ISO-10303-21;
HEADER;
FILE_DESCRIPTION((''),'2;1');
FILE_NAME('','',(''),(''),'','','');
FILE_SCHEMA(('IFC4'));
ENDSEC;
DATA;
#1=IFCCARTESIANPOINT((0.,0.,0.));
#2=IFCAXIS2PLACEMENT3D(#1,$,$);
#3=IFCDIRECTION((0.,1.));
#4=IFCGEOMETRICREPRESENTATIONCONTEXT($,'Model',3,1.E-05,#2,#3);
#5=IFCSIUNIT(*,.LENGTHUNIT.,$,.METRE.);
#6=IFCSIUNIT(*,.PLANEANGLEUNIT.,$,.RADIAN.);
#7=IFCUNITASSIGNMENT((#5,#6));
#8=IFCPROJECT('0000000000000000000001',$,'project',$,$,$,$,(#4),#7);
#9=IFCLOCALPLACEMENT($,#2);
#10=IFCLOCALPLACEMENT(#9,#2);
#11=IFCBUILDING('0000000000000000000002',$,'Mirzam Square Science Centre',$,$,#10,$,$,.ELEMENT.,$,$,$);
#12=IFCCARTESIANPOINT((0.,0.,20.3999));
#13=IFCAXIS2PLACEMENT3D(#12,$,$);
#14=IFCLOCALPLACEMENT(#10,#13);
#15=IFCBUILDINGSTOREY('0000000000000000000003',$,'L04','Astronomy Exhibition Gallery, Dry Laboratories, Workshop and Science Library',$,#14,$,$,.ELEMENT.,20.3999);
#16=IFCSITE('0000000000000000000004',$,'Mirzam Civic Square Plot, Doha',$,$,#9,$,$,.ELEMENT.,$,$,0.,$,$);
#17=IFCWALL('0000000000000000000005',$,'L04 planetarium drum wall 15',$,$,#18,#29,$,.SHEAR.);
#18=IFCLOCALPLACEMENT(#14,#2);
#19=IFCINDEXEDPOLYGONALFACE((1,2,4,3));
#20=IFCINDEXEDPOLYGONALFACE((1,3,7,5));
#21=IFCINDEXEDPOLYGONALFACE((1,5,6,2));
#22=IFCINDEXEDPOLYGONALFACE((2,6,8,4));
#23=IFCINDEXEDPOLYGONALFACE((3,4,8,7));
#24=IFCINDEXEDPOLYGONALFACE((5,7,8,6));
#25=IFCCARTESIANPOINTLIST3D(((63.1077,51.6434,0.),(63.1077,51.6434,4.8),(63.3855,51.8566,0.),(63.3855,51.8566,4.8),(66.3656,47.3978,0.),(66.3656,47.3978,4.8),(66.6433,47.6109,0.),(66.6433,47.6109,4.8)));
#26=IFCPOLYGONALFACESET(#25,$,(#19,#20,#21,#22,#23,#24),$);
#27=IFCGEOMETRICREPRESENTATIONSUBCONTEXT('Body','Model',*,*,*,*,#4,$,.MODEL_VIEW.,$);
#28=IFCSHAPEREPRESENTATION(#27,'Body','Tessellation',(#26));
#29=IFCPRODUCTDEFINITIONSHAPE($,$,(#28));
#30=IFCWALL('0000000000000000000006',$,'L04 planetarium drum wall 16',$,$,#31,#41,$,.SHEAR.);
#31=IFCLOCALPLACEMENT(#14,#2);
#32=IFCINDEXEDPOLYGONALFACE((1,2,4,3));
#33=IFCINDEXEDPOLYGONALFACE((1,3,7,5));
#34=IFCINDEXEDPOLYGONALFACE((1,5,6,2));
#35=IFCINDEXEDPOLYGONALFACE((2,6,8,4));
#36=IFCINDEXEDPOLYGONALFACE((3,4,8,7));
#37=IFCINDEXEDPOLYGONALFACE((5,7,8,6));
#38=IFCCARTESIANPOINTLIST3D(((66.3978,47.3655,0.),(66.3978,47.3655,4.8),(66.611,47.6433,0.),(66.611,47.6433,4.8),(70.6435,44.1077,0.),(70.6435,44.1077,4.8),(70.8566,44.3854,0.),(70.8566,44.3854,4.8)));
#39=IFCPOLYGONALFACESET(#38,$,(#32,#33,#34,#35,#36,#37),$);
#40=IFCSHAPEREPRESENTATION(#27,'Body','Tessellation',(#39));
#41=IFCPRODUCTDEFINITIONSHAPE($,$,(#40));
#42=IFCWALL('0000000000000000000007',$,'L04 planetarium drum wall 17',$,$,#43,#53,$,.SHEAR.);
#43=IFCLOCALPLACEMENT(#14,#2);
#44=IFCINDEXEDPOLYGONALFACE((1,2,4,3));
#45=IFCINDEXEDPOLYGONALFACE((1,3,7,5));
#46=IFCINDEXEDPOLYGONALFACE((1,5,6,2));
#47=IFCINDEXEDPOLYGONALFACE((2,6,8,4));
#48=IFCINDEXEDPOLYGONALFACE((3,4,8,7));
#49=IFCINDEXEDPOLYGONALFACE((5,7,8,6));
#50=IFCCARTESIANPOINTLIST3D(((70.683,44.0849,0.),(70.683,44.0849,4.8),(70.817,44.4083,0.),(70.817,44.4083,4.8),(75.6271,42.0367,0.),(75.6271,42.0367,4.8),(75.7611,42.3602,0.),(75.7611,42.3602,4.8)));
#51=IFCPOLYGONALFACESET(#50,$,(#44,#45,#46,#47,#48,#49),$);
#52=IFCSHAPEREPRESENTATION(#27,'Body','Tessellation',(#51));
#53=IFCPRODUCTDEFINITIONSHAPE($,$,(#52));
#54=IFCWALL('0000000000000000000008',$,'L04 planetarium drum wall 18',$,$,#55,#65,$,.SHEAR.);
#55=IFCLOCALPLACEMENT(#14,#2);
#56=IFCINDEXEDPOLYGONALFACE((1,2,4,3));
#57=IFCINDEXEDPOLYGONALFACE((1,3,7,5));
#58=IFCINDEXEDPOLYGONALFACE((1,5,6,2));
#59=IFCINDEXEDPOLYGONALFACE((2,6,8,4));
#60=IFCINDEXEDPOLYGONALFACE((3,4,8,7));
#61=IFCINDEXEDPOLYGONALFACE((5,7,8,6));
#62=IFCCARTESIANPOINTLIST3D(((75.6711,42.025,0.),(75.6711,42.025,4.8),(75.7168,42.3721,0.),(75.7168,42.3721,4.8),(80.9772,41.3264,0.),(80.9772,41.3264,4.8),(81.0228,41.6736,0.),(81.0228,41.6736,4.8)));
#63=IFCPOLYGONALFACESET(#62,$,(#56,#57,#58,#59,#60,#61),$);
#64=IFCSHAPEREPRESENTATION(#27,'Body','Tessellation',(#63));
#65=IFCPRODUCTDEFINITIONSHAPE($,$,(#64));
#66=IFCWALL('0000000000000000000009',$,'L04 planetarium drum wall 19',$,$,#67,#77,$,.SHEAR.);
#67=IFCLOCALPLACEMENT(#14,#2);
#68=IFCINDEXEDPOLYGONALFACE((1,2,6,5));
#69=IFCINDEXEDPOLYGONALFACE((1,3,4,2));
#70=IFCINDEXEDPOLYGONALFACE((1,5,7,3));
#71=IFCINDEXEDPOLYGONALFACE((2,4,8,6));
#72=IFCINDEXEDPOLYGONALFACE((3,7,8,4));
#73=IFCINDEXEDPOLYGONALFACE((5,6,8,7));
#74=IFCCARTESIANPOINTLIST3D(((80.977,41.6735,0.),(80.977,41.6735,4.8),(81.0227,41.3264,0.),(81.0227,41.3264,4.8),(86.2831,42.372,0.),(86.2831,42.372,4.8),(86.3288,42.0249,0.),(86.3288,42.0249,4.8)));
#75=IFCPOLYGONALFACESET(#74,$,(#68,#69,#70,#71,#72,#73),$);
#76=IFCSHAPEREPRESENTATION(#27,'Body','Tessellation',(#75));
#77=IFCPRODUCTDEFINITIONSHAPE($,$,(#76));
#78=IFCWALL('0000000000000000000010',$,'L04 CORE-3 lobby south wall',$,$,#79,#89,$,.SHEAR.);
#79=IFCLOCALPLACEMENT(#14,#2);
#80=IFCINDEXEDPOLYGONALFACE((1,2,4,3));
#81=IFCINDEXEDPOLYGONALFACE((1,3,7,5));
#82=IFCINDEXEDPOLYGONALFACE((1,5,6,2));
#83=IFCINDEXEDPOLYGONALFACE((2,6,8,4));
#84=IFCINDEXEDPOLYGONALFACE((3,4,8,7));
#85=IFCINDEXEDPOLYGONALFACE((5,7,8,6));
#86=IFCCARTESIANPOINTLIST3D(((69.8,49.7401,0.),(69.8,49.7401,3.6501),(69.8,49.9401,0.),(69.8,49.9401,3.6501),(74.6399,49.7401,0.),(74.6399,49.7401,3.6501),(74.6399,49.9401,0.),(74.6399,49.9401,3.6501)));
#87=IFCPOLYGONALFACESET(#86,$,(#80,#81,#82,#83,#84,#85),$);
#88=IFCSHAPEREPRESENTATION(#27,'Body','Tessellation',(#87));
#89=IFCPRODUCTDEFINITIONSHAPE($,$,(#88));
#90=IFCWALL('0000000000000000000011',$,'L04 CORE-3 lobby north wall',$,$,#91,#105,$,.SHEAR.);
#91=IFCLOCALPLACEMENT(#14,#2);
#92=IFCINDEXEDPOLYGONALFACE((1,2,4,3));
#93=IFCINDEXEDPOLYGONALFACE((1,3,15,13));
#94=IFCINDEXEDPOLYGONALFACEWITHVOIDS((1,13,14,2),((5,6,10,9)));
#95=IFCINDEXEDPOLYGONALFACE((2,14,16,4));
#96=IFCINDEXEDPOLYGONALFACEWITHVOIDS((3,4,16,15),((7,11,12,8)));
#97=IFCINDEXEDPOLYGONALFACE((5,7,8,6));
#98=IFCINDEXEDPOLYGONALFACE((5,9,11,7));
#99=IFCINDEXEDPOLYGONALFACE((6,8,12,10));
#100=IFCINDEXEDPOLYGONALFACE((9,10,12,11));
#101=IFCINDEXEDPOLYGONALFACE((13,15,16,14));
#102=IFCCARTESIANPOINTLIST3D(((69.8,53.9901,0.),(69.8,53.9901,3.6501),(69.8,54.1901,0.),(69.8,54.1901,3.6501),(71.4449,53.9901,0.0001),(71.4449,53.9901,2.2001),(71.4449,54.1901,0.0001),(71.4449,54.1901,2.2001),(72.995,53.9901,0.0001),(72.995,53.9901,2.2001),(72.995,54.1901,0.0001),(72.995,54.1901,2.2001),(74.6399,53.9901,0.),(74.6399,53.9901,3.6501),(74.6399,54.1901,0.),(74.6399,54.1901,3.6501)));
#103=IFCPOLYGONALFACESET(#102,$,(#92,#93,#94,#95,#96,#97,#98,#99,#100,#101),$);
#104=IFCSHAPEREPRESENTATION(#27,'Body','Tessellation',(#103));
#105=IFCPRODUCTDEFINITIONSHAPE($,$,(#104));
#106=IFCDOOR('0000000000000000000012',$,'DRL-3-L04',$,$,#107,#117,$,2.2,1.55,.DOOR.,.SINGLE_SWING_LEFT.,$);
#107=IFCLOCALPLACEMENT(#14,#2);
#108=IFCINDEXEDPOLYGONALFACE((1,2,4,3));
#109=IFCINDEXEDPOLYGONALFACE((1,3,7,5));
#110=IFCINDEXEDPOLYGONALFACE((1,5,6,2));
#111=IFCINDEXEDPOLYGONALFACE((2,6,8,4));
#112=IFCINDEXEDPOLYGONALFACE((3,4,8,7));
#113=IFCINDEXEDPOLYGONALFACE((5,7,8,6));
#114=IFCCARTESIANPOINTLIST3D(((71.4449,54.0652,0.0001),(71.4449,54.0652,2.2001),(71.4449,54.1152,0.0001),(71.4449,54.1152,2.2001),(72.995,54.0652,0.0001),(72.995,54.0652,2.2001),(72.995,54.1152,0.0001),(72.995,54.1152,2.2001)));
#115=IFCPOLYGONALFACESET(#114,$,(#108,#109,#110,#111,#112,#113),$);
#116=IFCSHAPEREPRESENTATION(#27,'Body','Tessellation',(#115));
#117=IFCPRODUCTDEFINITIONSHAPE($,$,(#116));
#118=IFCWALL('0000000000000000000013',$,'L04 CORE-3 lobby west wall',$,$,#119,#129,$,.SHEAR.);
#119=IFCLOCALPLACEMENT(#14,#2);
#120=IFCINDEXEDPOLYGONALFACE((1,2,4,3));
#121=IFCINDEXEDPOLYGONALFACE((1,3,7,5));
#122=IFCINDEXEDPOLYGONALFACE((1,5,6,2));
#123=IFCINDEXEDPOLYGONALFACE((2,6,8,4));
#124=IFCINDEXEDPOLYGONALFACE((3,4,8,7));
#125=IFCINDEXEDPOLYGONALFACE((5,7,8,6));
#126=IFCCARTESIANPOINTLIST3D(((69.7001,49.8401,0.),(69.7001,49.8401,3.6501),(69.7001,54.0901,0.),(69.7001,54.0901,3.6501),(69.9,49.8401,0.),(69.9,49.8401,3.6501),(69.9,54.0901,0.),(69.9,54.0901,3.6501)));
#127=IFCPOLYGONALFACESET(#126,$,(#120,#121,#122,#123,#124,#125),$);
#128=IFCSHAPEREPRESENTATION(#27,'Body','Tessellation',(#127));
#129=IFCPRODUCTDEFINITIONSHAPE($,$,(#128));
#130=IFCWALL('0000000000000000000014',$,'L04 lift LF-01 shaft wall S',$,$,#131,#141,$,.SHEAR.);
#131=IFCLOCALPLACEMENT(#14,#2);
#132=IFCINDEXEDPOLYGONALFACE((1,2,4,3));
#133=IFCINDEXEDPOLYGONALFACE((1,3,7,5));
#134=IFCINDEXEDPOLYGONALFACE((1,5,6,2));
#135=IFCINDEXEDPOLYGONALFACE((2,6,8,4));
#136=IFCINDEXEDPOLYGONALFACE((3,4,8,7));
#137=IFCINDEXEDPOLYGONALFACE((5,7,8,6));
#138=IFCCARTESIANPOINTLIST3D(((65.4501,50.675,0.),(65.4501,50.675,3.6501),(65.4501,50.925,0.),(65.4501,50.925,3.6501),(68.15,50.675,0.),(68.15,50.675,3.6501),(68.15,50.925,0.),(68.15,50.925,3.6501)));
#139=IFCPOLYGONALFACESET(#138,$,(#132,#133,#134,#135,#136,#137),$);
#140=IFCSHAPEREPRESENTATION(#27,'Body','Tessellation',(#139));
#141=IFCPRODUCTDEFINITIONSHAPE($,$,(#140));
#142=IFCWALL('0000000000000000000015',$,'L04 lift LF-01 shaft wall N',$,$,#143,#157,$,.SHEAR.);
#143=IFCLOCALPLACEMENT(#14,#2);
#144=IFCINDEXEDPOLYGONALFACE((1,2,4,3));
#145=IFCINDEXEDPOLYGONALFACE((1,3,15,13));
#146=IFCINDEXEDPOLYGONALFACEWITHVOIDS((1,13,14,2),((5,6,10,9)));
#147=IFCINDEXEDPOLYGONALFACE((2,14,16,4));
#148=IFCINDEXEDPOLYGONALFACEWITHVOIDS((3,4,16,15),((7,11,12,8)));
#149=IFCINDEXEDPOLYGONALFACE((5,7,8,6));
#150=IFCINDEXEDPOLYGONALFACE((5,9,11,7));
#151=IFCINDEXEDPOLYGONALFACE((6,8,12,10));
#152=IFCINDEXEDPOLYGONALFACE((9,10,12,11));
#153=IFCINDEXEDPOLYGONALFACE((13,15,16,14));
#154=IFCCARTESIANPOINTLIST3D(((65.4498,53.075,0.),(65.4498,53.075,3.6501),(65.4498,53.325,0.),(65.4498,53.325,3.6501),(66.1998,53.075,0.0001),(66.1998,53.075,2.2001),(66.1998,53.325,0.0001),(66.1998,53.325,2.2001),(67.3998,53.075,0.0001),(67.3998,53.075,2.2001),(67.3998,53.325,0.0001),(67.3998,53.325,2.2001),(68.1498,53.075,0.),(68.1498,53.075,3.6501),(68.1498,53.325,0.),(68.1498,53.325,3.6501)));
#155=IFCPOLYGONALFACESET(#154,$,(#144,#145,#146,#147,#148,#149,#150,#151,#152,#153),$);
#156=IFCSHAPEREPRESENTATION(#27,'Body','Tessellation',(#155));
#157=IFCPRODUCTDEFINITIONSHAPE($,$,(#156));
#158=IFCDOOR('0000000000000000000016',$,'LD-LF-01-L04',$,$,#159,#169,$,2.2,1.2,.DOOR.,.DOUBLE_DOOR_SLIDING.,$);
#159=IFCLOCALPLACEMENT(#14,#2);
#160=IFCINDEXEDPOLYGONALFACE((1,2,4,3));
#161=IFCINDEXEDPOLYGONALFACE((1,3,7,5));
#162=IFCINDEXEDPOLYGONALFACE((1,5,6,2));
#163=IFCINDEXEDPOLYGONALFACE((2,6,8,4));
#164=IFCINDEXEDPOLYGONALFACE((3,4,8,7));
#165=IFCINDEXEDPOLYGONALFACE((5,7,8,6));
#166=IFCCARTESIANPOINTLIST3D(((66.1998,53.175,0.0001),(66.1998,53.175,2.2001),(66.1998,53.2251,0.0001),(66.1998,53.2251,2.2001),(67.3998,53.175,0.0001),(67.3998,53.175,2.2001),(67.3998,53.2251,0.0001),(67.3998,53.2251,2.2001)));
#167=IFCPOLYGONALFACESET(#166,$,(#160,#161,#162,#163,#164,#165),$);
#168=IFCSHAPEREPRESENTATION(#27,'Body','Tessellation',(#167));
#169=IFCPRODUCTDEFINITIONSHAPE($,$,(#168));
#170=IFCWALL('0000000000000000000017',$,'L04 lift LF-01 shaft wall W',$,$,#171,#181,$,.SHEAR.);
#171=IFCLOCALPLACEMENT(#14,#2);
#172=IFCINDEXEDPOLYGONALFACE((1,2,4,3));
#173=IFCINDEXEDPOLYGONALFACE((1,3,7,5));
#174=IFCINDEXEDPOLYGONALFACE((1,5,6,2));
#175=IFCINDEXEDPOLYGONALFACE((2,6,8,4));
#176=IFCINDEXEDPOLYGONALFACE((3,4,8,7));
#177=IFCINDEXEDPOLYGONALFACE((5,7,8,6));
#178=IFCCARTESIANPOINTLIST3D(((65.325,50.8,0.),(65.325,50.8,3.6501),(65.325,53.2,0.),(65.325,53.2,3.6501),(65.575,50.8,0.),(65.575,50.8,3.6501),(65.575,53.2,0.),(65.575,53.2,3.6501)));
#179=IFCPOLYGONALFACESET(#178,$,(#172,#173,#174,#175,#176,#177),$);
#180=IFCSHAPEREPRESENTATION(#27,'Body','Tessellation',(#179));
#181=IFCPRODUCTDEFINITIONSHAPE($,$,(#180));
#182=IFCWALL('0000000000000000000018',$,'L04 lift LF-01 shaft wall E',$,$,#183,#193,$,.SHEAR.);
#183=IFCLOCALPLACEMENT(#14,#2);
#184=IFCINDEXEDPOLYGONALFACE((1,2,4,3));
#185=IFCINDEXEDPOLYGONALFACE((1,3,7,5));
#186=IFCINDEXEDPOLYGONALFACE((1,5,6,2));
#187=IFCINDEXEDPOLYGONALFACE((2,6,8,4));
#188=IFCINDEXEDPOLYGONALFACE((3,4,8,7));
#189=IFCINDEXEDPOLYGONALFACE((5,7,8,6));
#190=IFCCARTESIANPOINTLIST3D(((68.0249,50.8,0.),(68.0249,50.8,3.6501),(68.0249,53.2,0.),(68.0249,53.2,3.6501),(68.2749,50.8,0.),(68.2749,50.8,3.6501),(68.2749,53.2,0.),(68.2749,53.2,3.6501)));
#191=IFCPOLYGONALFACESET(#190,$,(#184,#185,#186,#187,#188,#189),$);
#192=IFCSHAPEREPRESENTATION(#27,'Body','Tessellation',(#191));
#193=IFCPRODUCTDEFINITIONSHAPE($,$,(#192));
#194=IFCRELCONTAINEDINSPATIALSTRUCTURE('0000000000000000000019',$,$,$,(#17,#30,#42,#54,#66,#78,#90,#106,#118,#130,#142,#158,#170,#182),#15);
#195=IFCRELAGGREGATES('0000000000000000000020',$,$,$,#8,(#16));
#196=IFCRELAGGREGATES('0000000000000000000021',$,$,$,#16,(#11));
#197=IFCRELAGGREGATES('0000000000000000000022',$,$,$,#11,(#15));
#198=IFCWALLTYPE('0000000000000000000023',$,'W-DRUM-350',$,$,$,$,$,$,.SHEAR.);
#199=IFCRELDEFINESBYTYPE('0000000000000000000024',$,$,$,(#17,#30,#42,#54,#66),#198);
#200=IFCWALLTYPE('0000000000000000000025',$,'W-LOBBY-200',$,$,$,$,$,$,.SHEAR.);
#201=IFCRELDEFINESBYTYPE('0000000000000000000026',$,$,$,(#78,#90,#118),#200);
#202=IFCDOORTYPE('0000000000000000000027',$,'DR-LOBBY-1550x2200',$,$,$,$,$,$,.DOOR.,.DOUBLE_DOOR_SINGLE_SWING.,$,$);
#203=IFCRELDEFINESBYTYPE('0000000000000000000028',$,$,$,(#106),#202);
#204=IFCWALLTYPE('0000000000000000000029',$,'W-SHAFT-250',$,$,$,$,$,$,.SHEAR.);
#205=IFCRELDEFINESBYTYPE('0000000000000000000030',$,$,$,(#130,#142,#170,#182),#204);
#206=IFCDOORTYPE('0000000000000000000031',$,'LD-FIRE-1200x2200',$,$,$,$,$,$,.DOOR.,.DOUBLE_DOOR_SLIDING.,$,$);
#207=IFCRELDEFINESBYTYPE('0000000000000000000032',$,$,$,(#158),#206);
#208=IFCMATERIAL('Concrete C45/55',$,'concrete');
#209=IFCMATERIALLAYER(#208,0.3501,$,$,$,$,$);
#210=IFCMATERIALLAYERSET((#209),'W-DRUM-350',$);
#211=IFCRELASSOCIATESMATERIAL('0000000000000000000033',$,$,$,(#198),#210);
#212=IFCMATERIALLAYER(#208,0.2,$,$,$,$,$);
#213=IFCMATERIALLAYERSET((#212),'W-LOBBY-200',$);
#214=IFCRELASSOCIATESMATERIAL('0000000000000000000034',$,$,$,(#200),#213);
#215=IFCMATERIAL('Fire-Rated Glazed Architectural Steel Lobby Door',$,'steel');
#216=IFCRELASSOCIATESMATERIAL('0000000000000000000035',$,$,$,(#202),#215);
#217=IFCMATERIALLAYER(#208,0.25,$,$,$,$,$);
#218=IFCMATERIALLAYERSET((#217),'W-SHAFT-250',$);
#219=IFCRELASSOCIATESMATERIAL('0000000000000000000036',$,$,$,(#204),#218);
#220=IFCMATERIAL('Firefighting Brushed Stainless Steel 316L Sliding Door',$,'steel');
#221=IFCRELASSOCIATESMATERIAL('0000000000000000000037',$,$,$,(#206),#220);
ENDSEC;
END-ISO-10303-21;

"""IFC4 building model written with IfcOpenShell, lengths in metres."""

from ifc_helpers import new_model, si_unit, direction, frame, frame_2d, origin, place, context, subcontext, project, spatial, rectangle, extrude, material, layer, layer_set, type_object, element, fill, save


model = new_model("IFC4")

# Units and contexts
model_context = context("Model", 3, precision=1e-05, world=origin(), true_north=direction((0.0, 1.0)))
body_context = subcontext(model_context, "Body", "Model", "MODEL_VIEW")
ifc_project = project(units=[si_unit("LENGTHUNIT", "METRE"), si_unit("PLANEANGLEUNIT", "RADIAN")], contexts=[model_context])

# Site, building, storey
site_placement = place(None, origin())
site = spatial("IfcSite", under=ifc_project, at=site_placement, Name="Mirzam Civic Square Plot, Doha", CompositionType="ELEMENT", RefElevation=0.0)
building_placement = place(site_placement, origin())
building = spatial("IfcBuilding", under=site, at=building_placement, Name="Mirzam Square Science Centre", CompositionType="ELEMENT")
storey_placement = place(building_placement, frame((0.0, 0.0, 20.3999)))
storey = spatial("IfcBuildingStorey", under=building, at=storey_placement, Name="L04", Description="Astronomy Exhibition Gallery, Dry Laboratories, Workshop and Science Library", CompositionType="ELEMENT", Elevation=20.3999)

# Shared definitions
ifc_material_1 = material(Name="Concrete C45/55", Category="concrete")

# Walls
ifc_layer_1 = layer(ifc_material_1, 0.3501)
ifc_layer_set_1 = layer_set([ifc_layer_1], Name="W-DRUM-350")
wall_type_1 = type_object("IfcWallType", Name="W-DRUM-350", PredefinedType="SHEAR", material=ifc_layer_set_1)
for number, where, z_axis, x_axis, name in (
    (1, (63.2466, 51.75, 0.0), (0.0, 0.0, 1.0), (0.608767, -0.793349, 0.0), "L04 planetarium drum wall 15"),
    (2, (66.5044, 47.5044, 0.0), (0.0, 0.0, 1.0), (0.793349, -0.608767, 0.0), "L04 planetarium drum wall 16"),
    (3, (70.75, 44.2466, 0.0), (0.0, 0.0, 1.0), (0.923867, -0.382713, 0.0), "L04 planetarium drum wall 17"),
):
    element("IfcWall", number, at=place(storey_placement, frame(where, z_axis=z_axis, x_axis=x_axis)), inside=storey, type_object=wall_type_1, Name=name, PredefinedType="SHEAR", context=body_context, shape_type="SweptSolid", body=[
        extrude(rectangle(XDim=5.3516, YDim=0.3501, at=frame_2d((2.6758, 0.0))), origin(), (0.0, 0.0, 1.0), 4.8),
    ])
for number, where, z_axis, x_axis, name in (
    (4, (75.6941, 42.1985, 0.0), (0.0, 0.0, 1.0), (0.991446, -0.130517, 0.0), "L04 planetarium drum wall 18"),
    (5, (81.0, 41.5, 0.0), (0.0, 0.0, 1.0), (0.991446, 0.130517, 0.0), "L04 planetarium drum wall 19"),
):
    element("IfcWall", number, at=place(storey_placement, frame(where, z_axis=z_axis, x_axis=x_axis)), inside=storey, type_object=wall_type_1, Name=name, PredefinedType="SHEAR", context=body_context, shape_type="SweptSolid", body=[
        extrude(rectangle(XDim=5.3518, YDim=0.3501, at=frame_2d((2.6758, 0.0))), origin(), (0.0, 0.0, 1.0), 4.8),
    ])
ifc_layer_2 = layer(ifc_material_1, 0.2)
ifc_layer_set_2 = layer_set([ifc_layer_2], Name="W-LOBBY-200")
wall_type_2 = type_object("IfcWallType", Name="W-LOBBY-200", PredefinedType="SHEAR", material=ifc_layer_set_2)
wall_1_placement = place(storey_placement, frame((69.8, 49.8401, 0.0), z_axis=(0.0, 0.0, 1.0), x_axis=(1.0, 0.0, 0.0)))
element("IfcWall", 6, at=wall_1_placement, inside=storey, type_object=wall_type_2, Name="L04 CORE-3 lobby south wall", PredefinedType="SHEAR", context=body_context, shape_type="SweptSolid", body=[
    extrude(rectangle(XDim=4.8398, YDim=0.2, at=frame_2d((2.4199, 0.0))), origin(), (0.0, 0.0, 1.0), 3.6501),
])

# Wall, opening, door
wall_2_placement = place(storey_placement, frame((74.6399, 54.0901, 0.0), z_axis=(0.0, 0.0, 1.0), x_axis=(-1.0, 0.0, 0.0)))
wall_2 = element("IfcWall", 7, at=wall_2_placement, inside=storey, type_object=wall_type_2, Name="L04 CORE-3 lobby north wall", PredefinedType="SHEAR", context=body_context, shape_type="SweptSolid", body=[
    extrude(rectangle(XDim=4.8398, YDim=0.2, at=frame_2d((2.4199, 0.0))), origin(), (0.0, 0.0, 1.0), 3.6501),
])
opening_1_placement = place(wall_2_placement, frame((1.645, 0.0, 0.0)))
opening_1 = element("IfcOpeningElement", 8, at=opening_1_placement, cuts=wall_2, PredefinedType="OPENING", context=body_context, shape_type="SweptSolid", body=[
    extrude(rectangle(XDim=1.55, YDim=2.2, at=frame_2d((0.7749, 1.1001))), frame((0.0, 0.1099, 0.0), z_axis=(0.0, -1.0, 0.0), x_axis=(1.0, 0.0, 0.0)), (0.0, 0.0, 1.0), 0.22),
])
ifc_material_2 = material(Name="Fire-Rated Glazed Architectural Steel Lobby Door", Category="steel")
door_type_1 = type_object("IfcDoorType", Name="DR-LOBBY-1550x2200", OperationType="DOUBLE_DOOR_SINGLE_SWING", PredefinedType="DOOR", material=ifc_material_2)
door_1_placement = place(opening_1_placement, origin())
door_1 = element("IfcDoor", 9, at=door_1_placement, inside=storey, type_object=door_type_1, Name="DRL-3-L04", OperationType="SINGLE_SWING_LEFT", OverallHeight=2.2, OverallWidth=1.55, PredefinedType="DOOR", context=body_context, shape_type="SweptSolid", body=[
    extrude(rectangle(XDim=1.55, YDim=2.2, at=frame_2d((0.7749, 1.1001))), frame((0.0, 0.0249, 0.0), z_axis=(0.0, -1.0, 0.0), x_axis=(1.0, 0.0, 0.0)), (0.0, 0.0, 1.0), 0.05),
])
fill(opening_1, door_1)

# Walls
wall_3_placement = place(storey_placement, frame((69.8, 54.0901, 0.0), z_axis=(0.0, 0.0, 1.0), x_axis=(0.0, -1.0, 0.0)))
element("IfcWall", 10, at=wall_3_placement, inside=storey, type_object=wall_type_2, Name="L04 CORE-3 lobby west wall", PredefinedType="SHEAR", context=body_context, shape_type="SweptSolid", body=[
    extrude(rectangle(XDim=4.25, YDim=0.2, at=frame_2d((2.125, 0.0))), origin(), (0.0, 0.0, 1.0), 3.6501),
])
ifc_layer_3 = layer(ifc_material_1, 0.25)
ifc_layer_set_3 = layer_set([ifc_layer_3], Name="W-SHAFT-250")
wall_type_3 = type_object("IfcWallType", Name="W-SHAFT-250", PredefinedType="SHEAR", material=ifc_layer_set_3)
wall_4_placement = place(storey_placement, frame((65.45, 50.8, 0.0), z_axis=(0.0, 0.0, 1.0), x_axis=(1.0, 0.0, 0.0)))
element("IfcWall", 11, at=wall_4_placement, inside=storey, type_object=wall_type_3, Name="L04 lift LF-01 shaft wall S", PredefinedType="SHEAR", context=body_context, shape_type="SweptSolid", body=[
    extrude(rectangle(XDim=2.7, YDim=0.25, at=frame_2d((1.3501, 0.0))), origin(), (0.0, 0.0, 1.0), 3.6501),
])

# Wall, opening, door
wall_5_placement = place(storey_placement, frame((68.1499, 53.2, 0.0), z_axis=(0.0, 0.0, 1.0), x_axis=(-1.0, 0.0, 0.0)))
wall_5 = element("IfcWall", 12, at=wall_5_placement, inside=storey, type_object=wall_type_3, Name="L04 lift LF-01 shaft wall N", PredefinedType="SHEAR", context=body_context, shape_type="SweptSolid", body=[
    extrude(rectangle(XDim=2.7, YDim=0.25, at=frame_2d((1.3501, 0.0))), origin(), (0.0, 0.0, 1.0), 3.6501),
])
opening_2_placement = place(wall_5_placement, frame((0.75, 0.0, 0.0)))
opening_2 = element("IfcOpeningElement", 13, at=opening_2_placement, cuts=wall_5, PredefinedType="OPENING", context=body_context, shape_type="SweptSolid", body=[
    extrude(rectangle(XDim=1.2, YDim=2.2, at=frame_2d((0.6001, 1.1001))), frame((0.0, 0.135, 0.0), z_axis=(0.0, -1.0, 0.0), x_axis=(1.0, 0.0, 0.0)), (0.0, 0.0, 1.0), 0.27),
])
ifc_material_3 = material(Name="Firefighting Brushed Stainless Steel 316L Sliding Door", Category="steel")
door_type_2 = type_object("IfcDoorType", Name="LD-FIRE-1200x2200", OperationType="DOUBLE_DOOR_SLIDING", PredefinedType="DOOR", material=ifc_material_3)
door_2_placement = place(opening_2_placement, origin())
door_2 = element("IfcDoor", 14, at=door_2_placement, inside=storey, type_object=door_type_2, Name="LD-LF-01-L04", OperationType="DOUBLE_DOOR_SLIDING", OverallHeight=2.2, OverallWidth=1.2, PredefinedType="DOOR", context=body_context, shape_type="SweptSolid", body=[
    extrude(rectangle(XDim=1.2, YDim=2.2, at=frame_2d((0.6001, 1.1001))), frame((0.0, 0.0249, 0.0), z_axis=(0.0, -1.0, 0.0), x_axis=(1.0, 0.0, 0.0)), (0.0, 0.0, 1.0), 0.05),
])
fill(opening_2, door_2)

# Walls
for number, where, z_axis, x_axis, name in (
    (15, (65.45, 53.2, 0.0), (0.0, 0.0, 1.0), (0.0, -1.0, 0.0), "L04 lift LF-01 shaft wall W"),
    (16, (68.1499, 50.8, 0.0), (0.0, 0.0, 1.0), (0.0, 1.0, 0.0), "L04 lift LF-01 shaft wall E"),
):
    element("IfcWall", number, at=place(storey_placement, frame(where, z_axis=z_axis, x_axis=x_axis)), inside=storey, type_object=wall_type_3, Name=name, PredefinedType="SHEAR", context=body_context, shape_type="SweptSolid", body=[
        extrude(rectangle(XDim=2.3999, YDim=0.25, at=frame_2d((1.2, 0.0))), origin(), (0.0, 0.0, 1.0), 3.6501),
    ])

save(model, "model.ifc")
